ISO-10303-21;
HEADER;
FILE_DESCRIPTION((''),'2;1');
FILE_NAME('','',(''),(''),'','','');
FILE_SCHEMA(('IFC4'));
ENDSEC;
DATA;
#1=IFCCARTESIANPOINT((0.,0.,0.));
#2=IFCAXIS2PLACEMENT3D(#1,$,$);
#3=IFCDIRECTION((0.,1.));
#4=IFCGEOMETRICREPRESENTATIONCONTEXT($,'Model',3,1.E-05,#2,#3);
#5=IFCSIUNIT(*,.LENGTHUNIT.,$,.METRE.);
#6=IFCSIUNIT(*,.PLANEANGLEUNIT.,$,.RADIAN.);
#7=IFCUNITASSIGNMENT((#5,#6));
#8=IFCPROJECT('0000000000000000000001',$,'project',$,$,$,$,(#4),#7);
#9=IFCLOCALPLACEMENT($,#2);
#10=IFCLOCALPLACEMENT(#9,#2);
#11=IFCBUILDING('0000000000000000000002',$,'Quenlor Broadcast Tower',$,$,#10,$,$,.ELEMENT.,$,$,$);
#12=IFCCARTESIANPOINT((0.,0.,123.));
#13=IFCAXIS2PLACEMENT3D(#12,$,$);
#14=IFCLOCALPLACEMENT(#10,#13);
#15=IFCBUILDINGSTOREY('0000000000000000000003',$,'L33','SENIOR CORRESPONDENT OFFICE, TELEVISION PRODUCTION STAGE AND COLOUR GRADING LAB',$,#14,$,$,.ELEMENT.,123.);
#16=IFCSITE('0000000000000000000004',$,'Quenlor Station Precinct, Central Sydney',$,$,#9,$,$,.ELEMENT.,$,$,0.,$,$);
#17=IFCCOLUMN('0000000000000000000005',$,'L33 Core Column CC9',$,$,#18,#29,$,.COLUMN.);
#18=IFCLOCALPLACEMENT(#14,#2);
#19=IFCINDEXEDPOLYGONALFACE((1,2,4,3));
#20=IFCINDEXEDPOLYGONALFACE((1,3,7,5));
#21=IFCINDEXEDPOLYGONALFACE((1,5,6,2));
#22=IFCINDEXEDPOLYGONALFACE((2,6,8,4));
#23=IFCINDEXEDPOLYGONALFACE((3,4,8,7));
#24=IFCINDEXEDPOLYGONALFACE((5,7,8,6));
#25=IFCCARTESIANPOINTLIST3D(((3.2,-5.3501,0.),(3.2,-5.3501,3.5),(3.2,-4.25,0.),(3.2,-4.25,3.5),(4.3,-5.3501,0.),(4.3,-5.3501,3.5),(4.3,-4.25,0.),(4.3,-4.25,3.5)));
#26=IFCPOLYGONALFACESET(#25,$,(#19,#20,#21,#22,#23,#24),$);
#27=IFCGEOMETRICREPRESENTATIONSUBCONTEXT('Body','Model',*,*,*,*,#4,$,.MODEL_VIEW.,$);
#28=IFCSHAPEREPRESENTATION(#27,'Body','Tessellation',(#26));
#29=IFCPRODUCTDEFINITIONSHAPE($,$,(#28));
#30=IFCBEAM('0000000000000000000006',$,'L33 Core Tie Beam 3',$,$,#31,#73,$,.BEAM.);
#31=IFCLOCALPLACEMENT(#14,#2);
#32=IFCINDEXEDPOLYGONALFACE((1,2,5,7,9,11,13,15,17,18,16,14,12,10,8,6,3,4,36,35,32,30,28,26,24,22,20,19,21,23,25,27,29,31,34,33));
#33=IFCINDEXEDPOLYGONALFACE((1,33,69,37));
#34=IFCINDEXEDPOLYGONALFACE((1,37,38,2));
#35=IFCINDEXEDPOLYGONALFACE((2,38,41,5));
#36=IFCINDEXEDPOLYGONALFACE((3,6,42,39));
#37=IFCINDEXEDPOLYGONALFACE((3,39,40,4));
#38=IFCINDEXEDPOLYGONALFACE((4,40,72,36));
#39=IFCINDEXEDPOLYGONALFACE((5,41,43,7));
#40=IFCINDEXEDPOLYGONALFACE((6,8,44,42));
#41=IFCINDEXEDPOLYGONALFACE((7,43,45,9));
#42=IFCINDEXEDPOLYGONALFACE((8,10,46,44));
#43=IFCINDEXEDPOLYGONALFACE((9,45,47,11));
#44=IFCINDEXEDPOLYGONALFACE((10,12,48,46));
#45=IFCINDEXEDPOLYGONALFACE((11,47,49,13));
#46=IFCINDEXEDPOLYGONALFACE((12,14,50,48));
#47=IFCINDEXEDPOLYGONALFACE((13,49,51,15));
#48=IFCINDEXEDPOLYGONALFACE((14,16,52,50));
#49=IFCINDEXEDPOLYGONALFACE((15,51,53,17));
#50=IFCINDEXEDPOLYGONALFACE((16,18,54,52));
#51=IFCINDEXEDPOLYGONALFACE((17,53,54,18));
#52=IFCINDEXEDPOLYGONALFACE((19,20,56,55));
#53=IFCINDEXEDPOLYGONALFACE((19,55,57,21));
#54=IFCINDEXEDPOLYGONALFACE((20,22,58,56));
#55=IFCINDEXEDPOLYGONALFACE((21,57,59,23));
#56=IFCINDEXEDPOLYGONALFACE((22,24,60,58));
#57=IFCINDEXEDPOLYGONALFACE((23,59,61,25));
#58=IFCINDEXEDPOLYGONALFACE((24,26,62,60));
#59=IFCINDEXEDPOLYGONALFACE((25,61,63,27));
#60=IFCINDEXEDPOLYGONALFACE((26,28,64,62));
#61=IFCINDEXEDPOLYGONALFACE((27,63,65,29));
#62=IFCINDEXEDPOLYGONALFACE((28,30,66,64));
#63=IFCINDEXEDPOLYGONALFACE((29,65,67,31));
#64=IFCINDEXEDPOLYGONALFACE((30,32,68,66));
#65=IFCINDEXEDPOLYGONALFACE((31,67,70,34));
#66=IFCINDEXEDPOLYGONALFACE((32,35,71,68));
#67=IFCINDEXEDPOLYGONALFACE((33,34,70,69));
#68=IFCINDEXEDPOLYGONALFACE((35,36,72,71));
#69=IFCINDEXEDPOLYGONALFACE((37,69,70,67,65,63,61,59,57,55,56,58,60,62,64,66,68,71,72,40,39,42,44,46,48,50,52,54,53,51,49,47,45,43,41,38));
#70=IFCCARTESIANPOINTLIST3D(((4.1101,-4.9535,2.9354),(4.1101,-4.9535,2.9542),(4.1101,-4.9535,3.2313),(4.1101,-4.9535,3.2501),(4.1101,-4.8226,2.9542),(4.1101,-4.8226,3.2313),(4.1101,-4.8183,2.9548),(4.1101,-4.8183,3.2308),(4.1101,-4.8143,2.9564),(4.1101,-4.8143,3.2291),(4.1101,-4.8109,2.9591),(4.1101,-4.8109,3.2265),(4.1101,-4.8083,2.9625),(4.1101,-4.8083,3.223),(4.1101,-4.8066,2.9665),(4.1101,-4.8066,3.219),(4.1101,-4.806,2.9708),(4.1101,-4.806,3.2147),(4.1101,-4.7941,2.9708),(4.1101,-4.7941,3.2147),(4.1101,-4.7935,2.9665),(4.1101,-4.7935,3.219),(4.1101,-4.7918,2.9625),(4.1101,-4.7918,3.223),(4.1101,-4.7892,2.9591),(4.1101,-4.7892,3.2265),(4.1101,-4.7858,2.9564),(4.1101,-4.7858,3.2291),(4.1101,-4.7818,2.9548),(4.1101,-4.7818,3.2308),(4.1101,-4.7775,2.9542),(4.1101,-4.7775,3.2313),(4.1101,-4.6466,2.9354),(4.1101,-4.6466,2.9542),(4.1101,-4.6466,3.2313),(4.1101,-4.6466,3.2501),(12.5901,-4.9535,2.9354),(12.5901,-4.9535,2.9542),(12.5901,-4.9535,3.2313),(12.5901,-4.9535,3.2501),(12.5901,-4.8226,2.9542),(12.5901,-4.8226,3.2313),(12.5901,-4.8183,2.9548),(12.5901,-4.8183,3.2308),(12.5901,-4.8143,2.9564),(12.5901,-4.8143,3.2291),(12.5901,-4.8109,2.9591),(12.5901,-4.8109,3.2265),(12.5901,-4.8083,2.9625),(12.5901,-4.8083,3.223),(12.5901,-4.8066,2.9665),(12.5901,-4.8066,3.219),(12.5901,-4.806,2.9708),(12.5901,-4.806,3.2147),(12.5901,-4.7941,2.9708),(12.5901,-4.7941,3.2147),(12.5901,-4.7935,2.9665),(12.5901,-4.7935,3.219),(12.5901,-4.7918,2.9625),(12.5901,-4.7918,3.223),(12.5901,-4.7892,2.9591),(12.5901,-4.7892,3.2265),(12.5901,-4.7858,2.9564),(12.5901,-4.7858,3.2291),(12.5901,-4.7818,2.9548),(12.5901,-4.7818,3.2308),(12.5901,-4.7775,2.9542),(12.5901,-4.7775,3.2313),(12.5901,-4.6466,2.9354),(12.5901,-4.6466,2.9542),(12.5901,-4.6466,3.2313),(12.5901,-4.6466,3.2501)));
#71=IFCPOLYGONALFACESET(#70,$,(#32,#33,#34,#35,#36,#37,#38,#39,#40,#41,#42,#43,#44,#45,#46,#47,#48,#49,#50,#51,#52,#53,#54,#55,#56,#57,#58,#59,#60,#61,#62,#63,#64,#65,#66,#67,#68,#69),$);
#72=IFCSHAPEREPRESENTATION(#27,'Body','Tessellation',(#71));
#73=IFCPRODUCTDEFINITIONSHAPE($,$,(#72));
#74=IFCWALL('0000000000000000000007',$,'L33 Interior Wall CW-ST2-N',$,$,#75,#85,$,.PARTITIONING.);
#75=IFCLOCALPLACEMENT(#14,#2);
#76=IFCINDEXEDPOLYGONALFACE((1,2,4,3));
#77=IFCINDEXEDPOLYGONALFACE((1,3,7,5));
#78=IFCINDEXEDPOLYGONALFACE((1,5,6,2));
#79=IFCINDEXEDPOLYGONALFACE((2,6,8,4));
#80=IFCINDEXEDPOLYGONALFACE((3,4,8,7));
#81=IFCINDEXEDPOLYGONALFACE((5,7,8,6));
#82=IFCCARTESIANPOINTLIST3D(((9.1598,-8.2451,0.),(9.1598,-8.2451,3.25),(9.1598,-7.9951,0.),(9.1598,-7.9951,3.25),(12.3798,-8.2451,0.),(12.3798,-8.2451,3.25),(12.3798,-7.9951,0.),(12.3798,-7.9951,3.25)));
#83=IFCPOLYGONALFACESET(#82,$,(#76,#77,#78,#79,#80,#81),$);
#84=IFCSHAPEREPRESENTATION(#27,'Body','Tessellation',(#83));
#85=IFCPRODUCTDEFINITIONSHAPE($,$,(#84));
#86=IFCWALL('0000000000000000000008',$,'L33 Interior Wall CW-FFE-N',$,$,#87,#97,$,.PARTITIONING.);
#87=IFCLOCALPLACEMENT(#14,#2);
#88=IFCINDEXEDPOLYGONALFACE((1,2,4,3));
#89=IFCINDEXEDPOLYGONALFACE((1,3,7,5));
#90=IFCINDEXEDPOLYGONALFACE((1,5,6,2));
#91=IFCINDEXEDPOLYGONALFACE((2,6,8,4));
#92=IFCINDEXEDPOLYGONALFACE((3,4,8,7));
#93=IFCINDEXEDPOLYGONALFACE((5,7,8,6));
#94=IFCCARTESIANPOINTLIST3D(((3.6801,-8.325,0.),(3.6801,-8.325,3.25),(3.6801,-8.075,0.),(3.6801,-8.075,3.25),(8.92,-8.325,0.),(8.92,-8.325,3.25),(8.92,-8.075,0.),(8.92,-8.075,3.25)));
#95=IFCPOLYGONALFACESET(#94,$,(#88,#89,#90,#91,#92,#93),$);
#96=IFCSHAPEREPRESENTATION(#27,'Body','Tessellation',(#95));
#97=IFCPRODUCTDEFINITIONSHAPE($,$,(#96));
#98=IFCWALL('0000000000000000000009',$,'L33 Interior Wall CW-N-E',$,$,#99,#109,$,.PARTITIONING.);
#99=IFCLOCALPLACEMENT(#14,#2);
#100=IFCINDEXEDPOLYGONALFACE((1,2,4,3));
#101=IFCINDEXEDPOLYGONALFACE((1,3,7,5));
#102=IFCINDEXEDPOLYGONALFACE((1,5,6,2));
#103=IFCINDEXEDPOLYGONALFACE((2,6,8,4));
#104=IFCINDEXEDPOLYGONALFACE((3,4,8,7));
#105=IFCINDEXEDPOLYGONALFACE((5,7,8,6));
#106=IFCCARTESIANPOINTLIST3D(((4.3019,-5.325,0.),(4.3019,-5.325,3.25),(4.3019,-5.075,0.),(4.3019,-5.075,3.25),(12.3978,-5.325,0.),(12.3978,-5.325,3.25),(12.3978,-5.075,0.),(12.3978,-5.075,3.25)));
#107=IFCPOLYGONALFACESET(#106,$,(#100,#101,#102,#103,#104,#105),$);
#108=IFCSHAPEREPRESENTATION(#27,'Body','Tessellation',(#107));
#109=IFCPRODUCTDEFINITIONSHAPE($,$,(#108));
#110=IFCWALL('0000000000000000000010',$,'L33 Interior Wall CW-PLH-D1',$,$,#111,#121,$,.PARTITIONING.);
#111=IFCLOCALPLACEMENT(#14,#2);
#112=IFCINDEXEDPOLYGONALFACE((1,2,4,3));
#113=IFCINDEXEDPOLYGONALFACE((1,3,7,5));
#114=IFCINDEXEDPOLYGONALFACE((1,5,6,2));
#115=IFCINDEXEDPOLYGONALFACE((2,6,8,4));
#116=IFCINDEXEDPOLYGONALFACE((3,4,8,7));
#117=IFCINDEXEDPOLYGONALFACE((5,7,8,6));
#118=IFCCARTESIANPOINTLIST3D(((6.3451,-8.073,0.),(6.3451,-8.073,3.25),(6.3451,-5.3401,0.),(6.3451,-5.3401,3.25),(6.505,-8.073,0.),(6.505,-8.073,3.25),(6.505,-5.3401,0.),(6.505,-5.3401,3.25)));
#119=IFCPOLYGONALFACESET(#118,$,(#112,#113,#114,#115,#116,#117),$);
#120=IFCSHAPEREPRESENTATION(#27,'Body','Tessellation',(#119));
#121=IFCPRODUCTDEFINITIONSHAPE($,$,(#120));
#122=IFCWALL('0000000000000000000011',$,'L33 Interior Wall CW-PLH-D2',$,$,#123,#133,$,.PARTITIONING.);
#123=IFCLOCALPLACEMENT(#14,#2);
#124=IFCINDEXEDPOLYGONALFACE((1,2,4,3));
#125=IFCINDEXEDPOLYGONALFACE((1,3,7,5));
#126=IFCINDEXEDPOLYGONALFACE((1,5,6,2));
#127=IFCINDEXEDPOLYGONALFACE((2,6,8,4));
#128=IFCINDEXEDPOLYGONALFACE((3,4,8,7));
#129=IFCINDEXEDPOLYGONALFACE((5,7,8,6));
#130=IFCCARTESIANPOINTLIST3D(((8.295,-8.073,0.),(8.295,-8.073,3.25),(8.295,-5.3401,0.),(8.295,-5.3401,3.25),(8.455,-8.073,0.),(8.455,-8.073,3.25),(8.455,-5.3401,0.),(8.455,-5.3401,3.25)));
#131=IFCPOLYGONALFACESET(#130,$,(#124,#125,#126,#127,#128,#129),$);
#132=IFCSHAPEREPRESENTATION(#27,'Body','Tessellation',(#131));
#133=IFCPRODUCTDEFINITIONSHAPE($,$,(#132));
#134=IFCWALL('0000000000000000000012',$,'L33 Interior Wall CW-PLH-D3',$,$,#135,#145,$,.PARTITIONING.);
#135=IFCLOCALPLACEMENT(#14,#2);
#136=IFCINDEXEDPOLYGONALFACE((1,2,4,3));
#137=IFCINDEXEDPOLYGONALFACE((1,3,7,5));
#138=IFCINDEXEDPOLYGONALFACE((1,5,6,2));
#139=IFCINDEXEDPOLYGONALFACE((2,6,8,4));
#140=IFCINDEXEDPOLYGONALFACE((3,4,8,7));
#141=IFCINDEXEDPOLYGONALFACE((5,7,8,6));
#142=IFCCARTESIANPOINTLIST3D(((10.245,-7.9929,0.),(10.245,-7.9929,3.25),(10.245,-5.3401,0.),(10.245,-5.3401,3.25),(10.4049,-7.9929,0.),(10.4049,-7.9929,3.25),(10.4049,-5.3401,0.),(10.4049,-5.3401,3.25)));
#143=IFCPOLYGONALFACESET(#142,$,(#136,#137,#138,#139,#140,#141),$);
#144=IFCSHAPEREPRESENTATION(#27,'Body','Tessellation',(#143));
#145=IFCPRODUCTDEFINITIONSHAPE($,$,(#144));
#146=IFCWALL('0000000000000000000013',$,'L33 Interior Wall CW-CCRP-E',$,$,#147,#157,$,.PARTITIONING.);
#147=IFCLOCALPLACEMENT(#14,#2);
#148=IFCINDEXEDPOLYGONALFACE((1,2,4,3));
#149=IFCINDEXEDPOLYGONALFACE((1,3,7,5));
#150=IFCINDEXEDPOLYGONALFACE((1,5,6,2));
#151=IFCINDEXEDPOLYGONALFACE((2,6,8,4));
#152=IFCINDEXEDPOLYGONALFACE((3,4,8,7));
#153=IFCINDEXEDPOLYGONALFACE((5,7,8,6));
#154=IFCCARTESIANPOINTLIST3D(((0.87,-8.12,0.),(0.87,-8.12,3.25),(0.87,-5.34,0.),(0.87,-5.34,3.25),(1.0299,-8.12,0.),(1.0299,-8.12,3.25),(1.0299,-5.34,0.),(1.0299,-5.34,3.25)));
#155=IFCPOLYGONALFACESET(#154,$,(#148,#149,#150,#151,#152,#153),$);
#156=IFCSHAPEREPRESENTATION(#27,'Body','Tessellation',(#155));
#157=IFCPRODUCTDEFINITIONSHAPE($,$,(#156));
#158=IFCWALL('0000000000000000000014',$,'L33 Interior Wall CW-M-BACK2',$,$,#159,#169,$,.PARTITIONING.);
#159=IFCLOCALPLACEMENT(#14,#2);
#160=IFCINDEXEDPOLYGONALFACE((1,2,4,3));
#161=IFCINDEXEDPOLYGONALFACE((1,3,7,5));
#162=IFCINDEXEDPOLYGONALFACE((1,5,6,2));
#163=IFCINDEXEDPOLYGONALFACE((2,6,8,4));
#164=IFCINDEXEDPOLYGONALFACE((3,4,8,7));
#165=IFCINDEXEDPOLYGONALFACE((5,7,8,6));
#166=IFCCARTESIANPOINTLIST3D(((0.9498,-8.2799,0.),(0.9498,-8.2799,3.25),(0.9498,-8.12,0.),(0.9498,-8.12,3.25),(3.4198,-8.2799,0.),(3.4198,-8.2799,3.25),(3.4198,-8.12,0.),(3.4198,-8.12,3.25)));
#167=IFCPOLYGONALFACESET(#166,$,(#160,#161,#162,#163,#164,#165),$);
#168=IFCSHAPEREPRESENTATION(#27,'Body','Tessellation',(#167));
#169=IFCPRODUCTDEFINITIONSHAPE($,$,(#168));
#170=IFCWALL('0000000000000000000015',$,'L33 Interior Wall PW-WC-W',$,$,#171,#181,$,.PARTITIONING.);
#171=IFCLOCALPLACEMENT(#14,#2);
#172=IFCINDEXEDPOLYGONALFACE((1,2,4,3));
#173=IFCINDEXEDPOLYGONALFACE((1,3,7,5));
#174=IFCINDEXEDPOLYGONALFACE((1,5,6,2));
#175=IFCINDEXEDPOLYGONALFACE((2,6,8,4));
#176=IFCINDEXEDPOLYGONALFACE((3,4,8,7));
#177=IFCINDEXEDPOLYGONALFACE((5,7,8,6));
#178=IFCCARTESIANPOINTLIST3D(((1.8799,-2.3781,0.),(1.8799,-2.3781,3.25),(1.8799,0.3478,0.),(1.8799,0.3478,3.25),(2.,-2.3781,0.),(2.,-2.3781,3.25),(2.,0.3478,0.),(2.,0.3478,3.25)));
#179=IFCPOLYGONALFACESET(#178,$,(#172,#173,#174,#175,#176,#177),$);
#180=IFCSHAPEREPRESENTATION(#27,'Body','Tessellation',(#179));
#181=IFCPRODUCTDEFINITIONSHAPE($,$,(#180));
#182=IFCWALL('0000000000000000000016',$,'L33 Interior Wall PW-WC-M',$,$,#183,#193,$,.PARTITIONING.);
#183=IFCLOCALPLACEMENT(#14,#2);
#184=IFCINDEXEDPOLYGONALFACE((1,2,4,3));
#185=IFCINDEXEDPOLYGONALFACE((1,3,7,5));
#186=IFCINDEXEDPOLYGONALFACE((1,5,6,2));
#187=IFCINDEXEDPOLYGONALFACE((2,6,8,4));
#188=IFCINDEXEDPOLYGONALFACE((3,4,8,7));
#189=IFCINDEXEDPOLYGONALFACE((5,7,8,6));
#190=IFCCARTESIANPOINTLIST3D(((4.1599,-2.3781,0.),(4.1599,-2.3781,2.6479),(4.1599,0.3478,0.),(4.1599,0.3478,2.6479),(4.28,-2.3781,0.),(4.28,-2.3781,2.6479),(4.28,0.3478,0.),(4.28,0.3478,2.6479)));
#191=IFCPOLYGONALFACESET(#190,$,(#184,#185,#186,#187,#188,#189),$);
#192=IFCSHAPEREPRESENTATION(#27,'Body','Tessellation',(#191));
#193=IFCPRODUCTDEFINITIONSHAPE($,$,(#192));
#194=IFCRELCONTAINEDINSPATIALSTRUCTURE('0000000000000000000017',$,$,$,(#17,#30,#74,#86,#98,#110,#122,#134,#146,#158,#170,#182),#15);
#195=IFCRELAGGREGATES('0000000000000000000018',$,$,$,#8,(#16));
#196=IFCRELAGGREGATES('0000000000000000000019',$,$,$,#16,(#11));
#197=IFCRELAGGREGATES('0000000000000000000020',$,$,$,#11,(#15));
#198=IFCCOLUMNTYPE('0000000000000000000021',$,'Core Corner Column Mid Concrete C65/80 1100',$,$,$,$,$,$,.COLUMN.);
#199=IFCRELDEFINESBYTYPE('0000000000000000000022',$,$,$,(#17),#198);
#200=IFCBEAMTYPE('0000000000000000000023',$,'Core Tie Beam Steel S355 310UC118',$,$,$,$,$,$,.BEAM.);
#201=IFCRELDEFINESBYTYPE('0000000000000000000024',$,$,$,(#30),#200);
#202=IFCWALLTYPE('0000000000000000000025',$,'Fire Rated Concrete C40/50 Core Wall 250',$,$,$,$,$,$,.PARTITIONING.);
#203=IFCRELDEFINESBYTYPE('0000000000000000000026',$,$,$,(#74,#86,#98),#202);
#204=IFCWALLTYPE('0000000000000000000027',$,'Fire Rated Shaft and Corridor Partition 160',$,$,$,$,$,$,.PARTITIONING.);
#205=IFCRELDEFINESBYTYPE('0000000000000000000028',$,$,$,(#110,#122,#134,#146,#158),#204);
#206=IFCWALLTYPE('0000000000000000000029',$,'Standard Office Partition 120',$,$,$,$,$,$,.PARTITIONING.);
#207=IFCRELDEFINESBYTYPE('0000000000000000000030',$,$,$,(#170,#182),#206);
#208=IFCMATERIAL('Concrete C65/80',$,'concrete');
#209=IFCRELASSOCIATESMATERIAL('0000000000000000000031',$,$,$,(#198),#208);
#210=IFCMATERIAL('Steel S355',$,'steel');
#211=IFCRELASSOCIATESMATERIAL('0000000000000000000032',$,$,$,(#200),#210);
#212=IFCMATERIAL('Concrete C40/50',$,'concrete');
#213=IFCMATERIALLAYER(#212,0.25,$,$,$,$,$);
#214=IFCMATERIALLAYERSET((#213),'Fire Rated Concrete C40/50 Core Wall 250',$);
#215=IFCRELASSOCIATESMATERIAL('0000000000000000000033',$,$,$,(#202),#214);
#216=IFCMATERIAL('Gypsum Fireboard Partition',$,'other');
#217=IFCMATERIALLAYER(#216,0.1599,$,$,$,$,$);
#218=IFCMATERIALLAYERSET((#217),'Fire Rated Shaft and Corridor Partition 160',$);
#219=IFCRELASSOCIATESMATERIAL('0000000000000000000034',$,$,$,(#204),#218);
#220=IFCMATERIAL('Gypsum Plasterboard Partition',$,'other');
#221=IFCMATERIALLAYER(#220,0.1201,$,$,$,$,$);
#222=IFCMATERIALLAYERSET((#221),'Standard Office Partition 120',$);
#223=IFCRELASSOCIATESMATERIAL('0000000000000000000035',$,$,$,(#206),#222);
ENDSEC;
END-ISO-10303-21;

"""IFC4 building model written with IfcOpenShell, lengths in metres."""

from ifc_helpers import new_model, si_unit, direction, frame, frame_2d, origin, origin_2d, place, context, subcontext, project, spatial, rectangle, i_section, extrude, material, layer, layer_set, material_profile, profile_set, type_object, element, save


model = new_model("IFC4")

# Units and contexts
model_context = context("Model", 3, precision=1e-05, world=origin(), true_north=direction((0.0, 1.0)))
body_context = subcontext(model_context, "Body", "Model", "MODEL_VIEW")
ifc_project = project(units=[si_unit("LENGTHUNIT", "METRE"), si_unit("PLANEANGLEUNIT", "RADIAN")], contexts=[model_context])

# Site, building, storey
site_placement = place(None, origin())
site = spatial("IfcSite", under=ifc_project, at=site_placement, Name="Quenlor Station Precinct, Central Sydney", CompositionType="ELEMENT", RefElevation=0.0)
building_placement = place(site_placement, origin())
building = spatial("IfcBuilding", under=site, at=building_placement, Name="Quenlor Broadcast Tower", CompositionType="ELEMENT")
storey_placement = place(building_placement, frame((0.0, 0.0, 123.0)))
storey = spatial("IfcBuildingStorey", under=building, at=storey_placement, Name="L33", Description="SENIOR CORRESPONDENT OFFICE, TELEVISION PRODUCTION STAGE AND COLOUR GRADING LAB", CompositionType="ELEMENT", Elevation=123.0)

# Column
ifc_material_1 = material(Name="Concrete C65/80", Category="concrete")
ifc_material_profile_1 = material_profile(ifc_material_1, rectangle(XDim=1.1001, YDim=1.1001, at=origin_2d()))
ifc_profile_set_1 = profile_set([ifc_material_profile_1], Name="Concrete C65/80 RC1100x1100")
column_type = type_object("IfcColumnType", Name="Core Corner Column Mid Concrete C65/80 1100", PredefinedType="COLUMN", material=ifc_profile_set_1)
column_placement = place(storey_placement, frame((3.75, -4.8, 0.0), z_axis=(0.0, 0.0, 1.0), x_axis=(1.0, 0.0, 0.0)))
element("IfcColumn", 1, at=column_placement, inside=storey, type_object=column_type, Name="L33 Core Column CC9", PredefinedType="COLUMN", context=body_context, shape_type="SweptSolid", body=[
    extrude(rectangle(XDim=1.1001, YDim=1.1001, at=origin_2d()), origin(), (0.0, 0.0, 1.0), 3.5),
])

# Beam
ifc_material_2 = material(Name="Steel S355", Category="steel")
ifc_material_profile_2 = material_profile(ifc_material_2, i_section(OverallWidth=0.3069, OverallDepth=0.3147, WebThickness=0.012, FlangeThickness=0.0188, FilletRadius=0.0166, at=origin_2d()))
ifc_profile_set_2 = profile_set([ifc_material_profile_2], Name="Steel S355 310UC118")
beam_type = type_object("IfcBeamType", Name="Core Tie Beam Steel S355 310UC118", PredefinedType="BEAM", material=ifc_profile_set_2)
beam_placement = place(storey_placement, frame((4.1101, -4.8, 3.0928), z_axis=(1.0, 0.0, 0.0), x_axis=(0.0, 1.0, 0.0)))
element("IfcBeam", 2, at=beam_placement, inside=storey, type_object=beam_type, Name="L33 Core Tie Beam 3", PredefinedType="BEAM", context=body_context, shape_type="SweptSolid", body=[
    extrude(i_section(OverallWidth=0.3069, OverallDepth=0.3147, WebThickness=0.012, FlangeThickness=0.0188, FilletRadius=0.0166, at=origin_2d()), origin(), (0.0, 0.0, 1.0), 8.48),
])

# Walls
ifc_material_3 = material(Name="Concrete C40/50", Category="concrete")
ifc_layer_1 = layer(ifc_material_3, 0.25)
ifc_layer_set_1 = layer_set([ifc_layer_1], Name="Fire Rated Concrete C40/50 Core Wall 250")
wall_type_1 = type_object("IfcWallType", Name="Fire Rated Concrete C40/50 Core Wall 250", PredefinedType="PARTITIONING", material=ifc_layer_set_1)
wall_1_placement = place(storey_placement, frame((9.1599, -8.1201, 0.0), z_axis=(0.0, 0.0, 1.0), x_axis=(1.0, 0.0, 0.0)))
element("IfcWall", 3, at=wall_1_placement, inside=storey, type_object=wall_type_1, Name="L33 Interior Wall CW-ST2-N", PredefinedType="PARTITIONING", context=body_context, shape_type="SweptSolid", body=[
    extrude(rectangle(XDim=3.22, YDim=0.25, at=frame_2d((1.6099, 0.0))), origin(), (0.0, 0.0, 1.0), 3.25),
])
wall_2_placement = place(storey_placement, frame((3.6799, -8.2, 0.0), z_axis=(0.0, 0.0, 1.0), x_axis=(1.0, 0.0, 0.0)))
element("IfcWall", 4, at=wall_2_placement, inside=storey, type_object=wall_type_1, Name="L33 Interior Wall CW-FFE-N", PredefinedType="PARTITIONING", context=body_context, shape_type="SweptSolid", body=[
    extrude(rectangle(XDim=5.24, YDim=0.25, at=frame_2d((2.6201, 0.0))), origin(), (0.0, 0.0, 1.0), 3.25),
])
wall_3_placement = place(storey_placement, frame((4.302, -5.2, 0.0), z_axis=(0.0, 0.0, 1.0), x_axis=(1.0, 0.0, 0.0)))
element("IfcWall", 5, at=wall_3_placement, inside=storey, type_object=wall_type_1, Name="L33 Interior Wall CW-N-E", PredefinedType="PARTITIONING", context=body_context, shape_type="SweptSolid", body=[
    extrude(rectangle(XDim=8.0959, YDim=0.25, at=frame_2d((4.0479, 0.0))), origin(), (0.0, 0.0, 1.0), 3.25),
])

# Walls
ifc_material_4 = material(Name="Gypsum Fireboard Partition", Category="other")
ifc_layer_2 = layer(ifc_material_4, 0.1599)
ifc_layer_set_2 = layer_set([ifc_layer_2], Name="Fire Rated Shaft and Corridor Partition 160")
wall_type_2 = type_object("IfcWallType", Name="Fire Rated Shaft and Corridor Partition 160", PredefinedType="PARTITIONING", material=ifc_layer_set_2)
for number, where, z_axis, x_axis, name in (
    (6, (6.425, -8.073, 0.0), (0.0, 0.0, 1.0), (0.0, 1.0, 0.0), "L33 Interior Wall CW-PLH-D1"),
    (7, (8.375, -8.073, 0.0), (0.0, 0.0, 1.0), (0.0, 1.0, 0.0), "L33 Interior Wall CW-PLH-D2"),
):
    element("IfcWall", number, at=place(storey_placement, frame(where, z_axis=z_axis, x_axis=x_axis)), inside=storey, type_object=wall_type_2, Name=name, PredefinedType="PARTITIONING", context=body_context, shape_type="SweptSolid", body=[
        extrude(rectangle(XDim=2.7329, YDim=0.1599, at=frame_2d((1.3665, 0.0))), origin(), (0.0, 0.0, 1.0), 3.25),
    ])
wall_4_placement = place(storey_placement, frame((10.325, -7.9929, 0.0), z_axis=(0.0, 0.0, 1.0), x_axis=(0.0, 1.0, 0.0)))
element("IfcWall", 8, at=wall_4_placement, inside=storey, type_object=wall_type_2, Name="L33 Interior Wall CW-PLH-D3", PredefinedType="PARTITIONING", context=body_context, shape_type="SweptSolid", body=[
    extrude(rectangle(XDim=2.6528, YDim=0.1599, at=frame_2d((1.3264, 0.0))), origin(), (0.0, 0.0, 1.0), 3.25),
])
wall_5_placement = place(storey_placement, frame((0.95, -8.1201, 0.0), z_axis=(0.0, 0.0, 1.0), x_axis=(0.0, 1.0, 0.0)))
element("IfcWall", 9, at=wall_5_placement, inside=storey, type_object=wall_type_2, Name="L33 Interior Wall CW-CCRP-E", PredefinedType="PARTITIONING", context=body_context, shape_type="SweptSolid", body=[
    extrude(rectangle(XDim=2.78, YDim=0.1599, at=frame_2d((1.3901, 0.0))), origin(), (0.0, 0.0, 1.0), 3.25),
])
wall_6_placement = place(storey_placement, frame((0.95, -8.2, 0.0), z_axis=(0.0, 0.0, 1.0), x_axis=(1.0, 0.0, 0.0)))
element("IfcWall", 10, at=wall_6_placement, inside=storey, type_object=wall_type_2, Name="L33 Interior Wall CW-M-BACK2", PredefinedType="PARTITIONING", context=body_context, shape_type="SweptSolid", body=[
    extrude(rectangle(XDim=2.47, YDim=0.1599, at=frame_2d((1.2349, 0.0))), origin(), (0.0, 0.0, 1.0), 3.25),
])

# Shared definitions
ifc_material_5 = material(Name="Gypsum Plasterboard Partition", Category="other")
ifc_layer_3 = layer(ifc_material_5, 0.1201)
ifc_layer_set_3 = layer_set([ifc_layer_3], Name="Standard Office Partition 120")
wall_type_3 = type_object("IfcWallType", Name="Standard Office Partition 120", PredefinedType="PARTITIONING", material=ifc_layer_set_3)

# Walls
wall_7_placement = place(storey_placement, frame((1.9399, -2.3779, 0.0), z_axis=(0.0, 0.0, 1.0), x_axis=(0.0, 1.0, 0.0)))
element("IfcWall", 11, at=wall_7_placement, inside=storey, type_object=wall_type_3, Name="L33 Interior Wall PW-WC-W", PredefinedType="PARTITIONING", context=body_context, shape_type="SweptSolid", body=[
    extrude(rectangle(XDim=2.7258, YDim=0.1201, at=frame_2d((1.3628, 0.0))), origin(), (0.0, 0.0, 1.0), 3.25),
])
wall_8_placement = place(storey_placement, frame((4.22, -2.3779, 0.0), z_axis=(0.0, 0.0, 1.0), x_axis=(0.0, 1.0, 0.0)))
element("IfcWall", 12, at=wall_8_placement, inside=storey, type_object=wall_type_3, Name="L33 Interior Wall PW-WC-M", PredefinedType="PARTITIONING", context=body_context, shape_type="SweptSolid", body=[
    extrude(rectangle(XDim=2.7258, YDim=0.1201, at=frame_2d((1.3628, 0.0))), origin(), (0.0, 0.0, 1.0), 2.6479),
])

save(model, "model.ifc")
